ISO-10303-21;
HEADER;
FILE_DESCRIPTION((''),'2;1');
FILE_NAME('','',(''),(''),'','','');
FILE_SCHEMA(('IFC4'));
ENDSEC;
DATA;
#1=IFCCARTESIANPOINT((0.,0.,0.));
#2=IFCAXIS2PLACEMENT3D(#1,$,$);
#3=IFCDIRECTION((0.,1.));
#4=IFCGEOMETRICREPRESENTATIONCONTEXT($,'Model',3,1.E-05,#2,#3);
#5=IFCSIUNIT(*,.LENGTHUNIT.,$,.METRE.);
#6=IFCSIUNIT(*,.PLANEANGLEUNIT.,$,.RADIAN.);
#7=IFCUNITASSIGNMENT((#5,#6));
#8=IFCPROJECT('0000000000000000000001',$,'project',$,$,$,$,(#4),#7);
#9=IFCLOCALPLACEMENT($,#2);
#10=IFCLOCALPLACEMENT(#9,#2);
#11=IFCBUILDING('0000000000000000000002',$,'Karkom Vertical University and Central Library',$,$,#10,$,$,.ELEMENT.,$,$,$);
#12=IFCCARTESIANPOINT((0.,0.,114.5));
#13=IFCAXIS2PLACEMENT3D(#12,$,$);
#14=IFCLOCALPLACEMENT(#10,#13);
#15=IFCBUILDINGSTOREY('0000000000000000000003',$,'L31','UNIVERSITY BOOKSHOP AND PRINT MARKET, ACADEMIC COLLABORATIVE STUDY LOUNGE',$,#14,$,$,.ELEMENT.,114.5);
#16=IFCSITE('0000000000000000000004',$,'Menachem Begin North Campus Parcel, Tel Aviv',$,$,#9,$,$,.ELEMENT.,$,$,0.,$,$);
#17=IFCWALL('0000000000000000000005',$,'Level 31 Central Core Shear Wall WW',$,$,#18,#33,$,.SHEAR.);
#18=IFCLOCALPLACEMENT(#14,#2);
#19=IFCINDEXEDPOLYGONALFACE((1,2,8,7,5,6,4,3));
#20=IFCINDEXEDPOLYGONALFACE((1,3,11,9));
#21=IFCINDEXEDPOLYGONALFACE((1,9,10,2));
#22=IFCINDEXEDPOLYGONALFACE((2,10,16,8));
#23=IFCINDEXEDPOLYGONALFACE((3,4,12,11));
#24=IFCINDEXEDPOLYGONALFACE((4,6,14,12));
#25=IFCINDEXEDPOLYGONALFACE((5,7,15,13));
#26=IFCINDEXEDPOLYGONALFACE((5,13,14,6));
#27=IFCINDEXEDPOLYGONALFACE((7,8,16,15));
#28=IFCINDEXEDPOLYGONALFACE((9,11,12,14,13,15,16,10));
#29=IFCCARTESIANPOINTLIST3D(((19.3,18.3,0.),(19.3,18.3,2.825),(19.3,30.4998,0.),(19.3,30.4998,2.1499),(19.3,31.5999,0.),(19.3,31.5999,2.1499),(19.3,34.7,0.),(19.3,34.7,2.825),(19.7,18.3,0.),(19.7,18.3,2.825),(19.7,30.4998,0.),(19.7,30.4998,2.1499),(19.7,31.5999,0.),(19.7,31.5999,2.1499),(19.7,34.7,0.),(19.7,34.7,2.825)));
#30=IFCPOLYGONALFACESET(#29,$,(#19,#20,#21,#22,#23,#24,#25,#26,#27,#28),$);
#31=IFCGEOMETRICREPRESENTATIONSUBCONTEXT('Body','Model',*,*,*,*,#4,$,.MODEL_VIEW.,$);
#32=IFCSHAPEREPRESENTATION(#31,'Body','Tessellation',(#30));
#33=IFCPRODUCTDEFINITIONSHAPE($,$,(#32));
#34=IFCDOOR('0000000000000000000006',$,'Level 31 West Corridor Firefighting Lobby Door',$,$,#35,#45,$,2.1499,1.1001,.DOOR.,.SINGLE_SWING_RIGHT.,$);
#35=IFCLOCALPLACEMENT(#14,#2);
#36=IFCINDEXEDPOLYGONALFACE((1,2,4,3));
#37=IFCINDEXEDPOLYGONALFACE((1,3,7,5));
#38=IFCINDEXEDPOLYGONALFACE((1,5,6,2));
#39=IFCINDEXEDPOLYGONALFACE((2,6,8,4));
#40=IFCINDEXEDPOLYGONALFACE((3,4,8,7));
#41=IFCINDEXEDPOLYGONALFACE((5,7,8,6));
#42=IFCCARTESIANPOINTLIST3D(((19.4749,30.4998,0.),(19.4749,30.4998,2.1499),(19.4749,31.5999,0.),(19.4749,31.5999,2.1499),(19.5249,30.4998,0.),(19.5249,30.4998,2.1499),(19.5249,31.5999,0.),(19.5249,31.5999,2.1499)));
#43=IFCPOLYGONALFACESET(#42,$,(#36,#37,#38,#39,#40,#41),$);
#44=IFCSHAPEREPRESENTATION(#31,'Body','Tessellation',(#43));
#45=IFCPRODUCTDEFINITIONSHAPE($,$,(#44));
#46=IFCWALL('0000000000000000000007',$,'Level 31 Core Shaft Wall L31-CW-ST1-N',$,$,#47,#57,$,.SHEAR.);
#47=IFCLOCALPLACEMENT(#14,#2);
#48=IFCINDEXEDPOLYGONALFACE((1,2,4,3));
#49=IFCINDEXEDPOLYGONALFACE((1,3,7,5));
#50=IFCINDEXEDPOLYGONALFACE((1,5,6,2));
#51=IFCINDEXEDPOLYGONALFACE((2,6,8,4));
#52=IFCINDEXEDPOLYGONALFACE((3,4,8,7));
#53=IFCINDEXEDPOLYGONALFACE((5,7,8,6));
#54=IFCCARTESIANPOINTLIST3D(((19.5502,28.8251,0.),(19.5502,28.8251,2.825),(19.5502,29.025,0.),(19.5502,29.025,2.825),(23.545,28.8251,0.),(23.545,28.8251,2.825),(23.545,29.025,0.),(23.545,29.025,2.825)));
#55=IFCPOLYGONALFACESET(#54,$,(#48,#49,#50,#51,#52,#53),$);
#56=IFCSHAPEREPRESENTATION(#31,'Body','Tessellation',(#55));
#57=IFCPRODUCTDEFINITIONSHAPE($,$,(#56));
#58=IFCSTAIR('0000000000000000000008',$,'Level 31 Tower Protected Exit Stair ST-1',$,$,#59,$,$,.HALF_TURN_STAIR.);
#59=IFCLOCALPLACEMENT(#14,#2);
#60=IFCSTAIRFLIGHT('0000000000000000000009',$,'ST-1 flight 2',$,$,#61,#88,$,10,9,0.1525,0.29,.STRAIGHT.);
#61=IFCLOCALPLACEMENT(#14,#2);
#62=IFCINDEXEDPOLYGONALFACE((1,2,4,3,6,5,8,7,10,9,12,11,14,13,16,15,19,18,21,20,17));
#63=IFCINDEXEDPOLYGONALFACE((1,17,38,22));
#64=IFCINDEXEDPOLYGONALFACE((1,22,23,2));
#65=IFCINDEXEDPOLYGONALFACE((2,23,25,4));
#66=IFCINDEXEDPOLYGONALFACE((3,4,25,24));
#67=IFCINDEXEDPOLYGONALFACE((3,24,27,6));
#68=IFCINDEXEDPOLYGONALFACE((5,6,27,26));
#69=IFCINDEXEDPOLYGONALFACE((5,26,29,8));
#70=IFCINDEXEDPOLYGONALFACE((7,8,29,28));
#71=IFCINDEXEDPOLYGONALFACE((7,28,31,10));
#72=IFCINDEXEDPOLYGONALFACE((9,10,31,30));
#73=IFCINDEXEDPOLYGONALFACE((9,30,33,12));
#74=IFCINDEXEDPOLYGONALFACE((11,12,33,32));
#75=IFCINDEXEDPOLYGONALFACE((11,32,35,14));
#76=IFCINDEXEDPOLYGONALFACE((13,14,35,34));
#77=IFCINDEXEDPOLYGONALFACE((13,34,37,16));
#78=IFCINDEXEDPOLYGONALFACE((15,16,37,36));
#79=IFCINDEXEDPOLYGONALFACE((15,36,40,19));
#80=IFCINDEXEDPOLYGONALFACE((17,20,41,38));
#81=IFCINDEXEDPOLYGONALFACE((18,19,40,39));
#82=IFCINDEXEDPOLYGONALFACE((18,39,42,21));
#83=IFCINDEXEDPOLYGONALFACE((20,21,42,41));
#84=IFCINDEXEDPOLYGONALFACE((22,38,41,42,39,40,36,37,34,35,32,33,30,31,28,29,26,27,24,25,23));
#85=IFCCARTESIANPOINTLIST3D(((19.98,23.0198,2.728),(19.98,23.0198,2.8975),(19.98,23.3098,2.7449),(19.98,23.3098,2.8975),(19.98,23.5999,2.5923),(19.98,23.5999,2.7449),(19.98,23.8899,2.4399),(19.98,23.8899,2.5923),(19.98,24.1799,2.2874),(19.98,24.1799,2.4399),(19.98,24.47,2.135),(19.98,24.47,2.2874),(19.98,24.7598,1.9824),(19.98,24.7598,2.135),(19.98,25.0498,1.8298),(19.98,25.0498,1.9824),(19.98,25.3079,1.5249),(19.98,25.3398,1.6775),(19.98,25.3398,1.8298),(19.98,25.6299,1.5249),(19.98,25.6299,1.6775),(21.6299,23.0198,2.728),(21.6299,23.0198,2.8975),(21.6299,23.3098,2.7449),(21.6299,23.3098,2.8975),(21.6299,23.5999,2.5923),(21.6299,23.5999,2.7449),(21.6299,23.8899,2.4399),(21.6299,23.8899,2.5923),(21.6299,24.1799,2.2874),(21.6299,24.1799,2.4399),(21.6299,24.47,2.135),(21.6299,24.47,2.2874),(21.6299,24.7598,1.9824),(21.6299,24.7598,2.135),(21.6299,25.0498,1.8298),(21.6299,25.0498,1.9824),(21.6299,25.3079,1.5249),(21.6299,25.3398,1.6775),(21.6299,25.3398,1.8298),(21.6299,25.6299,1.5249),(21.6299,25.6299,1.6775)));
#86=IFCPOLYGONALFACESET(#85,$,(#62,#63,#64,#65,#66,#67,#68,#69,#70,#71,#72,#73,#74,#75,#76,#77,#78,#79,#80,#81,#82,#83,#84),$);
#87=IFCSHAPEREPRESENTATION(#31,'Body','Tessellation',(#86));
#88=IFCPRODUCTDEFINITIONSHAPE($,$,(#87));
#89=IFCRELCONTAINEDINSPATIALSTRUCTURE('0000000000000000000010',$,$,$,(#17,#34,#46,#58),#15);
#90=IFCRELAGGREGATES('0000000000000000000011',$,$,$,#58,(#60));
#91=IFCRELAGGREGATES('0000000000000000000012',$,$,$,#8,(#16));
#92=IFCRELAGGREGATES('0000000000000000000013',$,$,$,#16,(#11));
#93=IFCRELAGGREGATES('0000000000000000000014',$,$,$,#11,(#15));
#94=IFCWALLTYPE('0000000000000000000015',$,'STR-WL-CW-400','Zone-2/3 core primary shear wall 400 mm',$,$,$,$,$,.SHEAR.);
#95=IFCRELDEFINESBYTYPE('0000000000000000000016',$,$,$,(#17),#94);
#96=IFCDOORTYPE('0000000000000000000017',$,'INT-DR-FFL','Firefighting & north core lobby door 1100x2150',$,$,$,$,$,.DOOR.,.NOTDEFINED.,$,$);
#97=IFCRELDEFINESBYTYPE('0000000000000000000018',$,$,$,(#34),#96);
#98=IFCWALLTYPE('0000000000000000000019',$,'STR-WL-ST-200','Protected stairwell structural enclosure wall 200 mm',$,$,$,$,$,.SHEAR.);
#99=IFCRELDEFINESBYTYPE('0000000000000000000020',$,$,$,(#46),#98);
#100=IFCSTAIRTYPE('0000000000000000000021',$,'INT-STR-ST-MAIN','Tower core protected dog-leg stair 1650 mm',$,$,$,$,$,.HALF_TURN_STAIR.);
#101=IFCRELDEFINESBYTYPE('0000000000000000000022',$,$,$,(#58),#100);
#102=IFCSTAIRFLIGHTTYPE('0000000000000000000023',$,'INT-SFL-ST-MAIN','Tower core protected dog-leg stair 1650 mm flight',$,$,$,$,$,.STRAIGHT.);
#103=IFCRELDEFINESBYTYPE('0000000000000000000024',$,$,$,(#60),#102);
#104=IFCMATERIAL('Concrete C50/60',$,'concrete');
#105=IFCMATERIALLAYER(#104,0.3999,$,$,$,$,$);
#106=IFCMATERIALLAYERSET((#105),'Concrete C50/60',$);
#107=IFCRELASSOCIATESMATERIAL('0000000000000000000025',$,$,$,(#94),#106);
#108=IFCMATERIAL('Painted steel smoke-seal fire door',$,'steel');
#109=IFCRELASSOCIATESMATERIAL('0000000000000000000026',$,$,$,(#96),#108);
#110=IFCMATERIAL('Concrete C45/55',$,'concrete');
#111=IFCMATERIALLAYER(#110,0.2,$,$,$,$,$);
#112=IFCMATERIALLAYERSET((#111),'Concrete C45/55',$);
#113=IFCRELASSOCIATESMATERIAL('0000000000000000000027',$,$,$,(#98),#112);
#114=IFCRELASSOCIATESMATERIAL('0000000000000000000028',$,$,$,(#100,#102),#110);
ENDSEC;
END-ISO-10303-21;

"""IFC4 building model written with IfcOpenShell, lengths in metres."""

from ifc_helpers import new_model, si_unit, direction, frame, frame_2d, origin, origin_with_axes, place, context, subcontext, project, spatial, polyline, rectangle, outline, extrude, source, transform, mapped, material, layer, layer_set, type_object, element, fill, aggregate, save


model = new_model("IFC4")

# Units and contexts
model_context = context("Model", 3, precision=1e-05, world=origin(), true_north=direction((0.0, 1.0)))
body_context = subcontext(model_context, "Body", "Model", "MODEL_VIEW")
ifc_project = project(units=[si_unit("LENGTHUNIT", "METRE"), si_unit("PLANEANGLEUNIT", "RADIAN")], contexts=[model_context])

# Site, building, storey
site_placement = place(None, origin())
site = spatial("IfcSite", under=ifc_project, at=site_placement, Name="Menachem Begin North Campus Parcel, Tel Aviv", CompositionType="ELEMENT", RefElevation=0.0)
building_placement = place(site_placement, origin())
building = spatial("IfcBuilding", under=site, at=building_placement, Name="Karkom Vertical University and Central Library", CompositionType="ELEMENT")
storey_placement = place(building_placement, frame((0.0, 0.0, 114.5)))
storey = spatial("IfcBuildingStorey", under=building, at=storey_placement, Name="L31", Description="UNIVERSITY BOOKSHOP AND PRINT MARKET, ACADEMIC COLLABORATIVE STUDY LOUNGE", CompositionType="ELEMENT", Elevation=114.5)

# Shared definitions
ifc_material_1 = material(Name="Concrete C50/60", Category="concrete")

# Wall, opening, door
ifc_layer_1 = layer(ifc_material_1, 0.3999)
ifc_layer_set_1 = layer_set([ifc_layer_1], Name="Concrete C50/60")
wall_type_1 = type_object("IfcWallType", Name="STR-WL-CW-400", Description="Zone-2/3 core primary shear wall 400 mm", PredefinedType="SHEAR", material=ifc_layer_set_1)
wall_1_placement = place(storey_placement, frame((19.5, 34.7, 0.0), z_axis=(0.0, 0.0, 1.0), x_axis=(0.0, -1.0, 0.0)))
wall_1 = element("IfcWall", 1, at=wall_1_placement, inside=storey, type_object=wall_type_1, Name="Level 31 Central Core Shear Wall WW", PredefinedType="SHEAR", context=body_context, shape_type="SweptSolid", body=[
    extrude(rectangle(XDim=16.3999, YDim=0.3999, at=frame_2d((8.2, 0.0))), origin(), (0.0, 0.0, 1.0), 2.825),
])
opening_1_placement = place(wall_1_placement, frame((3.1001, 0.0, 0.0)))
opening_1 = element("IfcOpeningElement", 2, at=opening_1_placement, cuts=wall_1, PredefinedType="OPENING", context=body_context, shape_type="SweptSolid", body=[
    extrude(rectangle(XDim=1.1001, YDim=2.1499, at=frame_2d((0.55, 1.075))), frame((0.0, 0.21, 0.0), z_axis=(0.0, -1.0, 0.0), x_axis=(1.0, 0.0, 0.0)), (0.0, 0.0, 1.0), 0.4199),
])
ifc_material_2 = material(Name="Painted steel smoke-seal fire door", Category="steel")
door_type_1 = type_object("IfcDoorType", Name="INT-DR-FFL", Description="Firefighting & north core lobby door 1100x2150", OperationType="NOTDEFINED", PredefinedType="DOOR", material=ifc_material_2)
shared_shape_1 = source(origin_with_axes(), body_context, "Body", "SweptSolid", [
    extrude(rectangle(XDim=1.1001, YDim=2.1499, at=frame_2d((0.55, 1.075))), frame((0.0, 0.0249, 0.0), z_axis=(0.0, -1.0, 0.0), x_axis=(1.0, 0.0, 0.0)), (0.0, 0.0, 1.0), 0.05),
])
door_1_placement = place(opening_1_placement, origin())
door_1 = element("IfcDoor", 3, at=door_1_placement, inside=storey, type_object=door_type_1, Name="Level 31 West Corridor Firefighting Lobby Door", OperationType="SINGLE_SWING_RIGHT", OverallHeight=2.1499, OverallWidth=1.1001, PredefinedType="DOOR", context=body_context, shape_type="MappedRepresentation", body=[
    mapped(shared_shape_1, transform((0.0, 0.0, 0.0), scale=1.0)),
])
fill(opening_1, door_1)

# Wall
ifc_material_3 = material(Name="Concrete C45/55", Category="concrete")
ifc_layer_2 = layer(ifc_material_3, 0.2)
ifc_layer_set_2 = layer_set([ifc_layer_2], Name="Concrete C45/55")
wall_type_2 = type_object("IfcWallType", Name="STR-WL-ST-200", Description="Protected stairwell structural enclosure wall 200 mm", PredefinedType="SHEAR", material=ifc_layer_set_2)
wall_2_placement = place(storey_placement, frame((19.55, 28.925, 0.0), z_axis=(0.0, 0.0, 1.0), x_axis=(1.0, 0.0, 0.0)))
element("IfcWall", 4, at=wall_2_placement, inside=storey, type_object=wall_type_2, Name="Level 31 Core Shaft Wall L31-CW-ST1-N", PredefinedType="SHEAR", context=body_context, shape_type="SweptSolid", body=[
    extrude(rectangle(XDim=3.9949, YDim=0.2, at=frame_2d((1.9976, 0.0))), origin(), (0.0, 0.0, 1.0), 2.825),
])

# Stair, stair flight
stair_type = type_object("IfcStairType", Name="INT-STR-ST-MAIN", Description="Tower core protected dog-leg stair 1650 mm", PredefinedType="HALF_TURN_STAIR", material=ifc_material_3)
stair_placement = place(storey_placement, origin())
stair = element("IfcStair", 5, at=stair_placement, inside=storey, type_object=stair_type, Name="Level 31 Tower Protected Exit Stair ST-1", PredefinedType="HALF_TURN_STAIR")
stair_flight_type = type_object("IfcStairFlightType", Name="INT-SFL-ST-MAIN", Description="Tower core protected dog-leg stair 1650 mm flight", PredefinedType="STRAIGHT", material=ifc_material_3)
stair_flight_placement = place(storey_placement, frame((20.8049, 25.6299, 1.5249), z_axis=(0.0, 0.0, 1.0), x_axis=(0.0, -1.0, 0.0)))
stair_flight = element("IfcStairFlight", 6, at=stair_flight_placement, type_object=stair_flight_type, Name="ST-1 flight 2", NumberOfRisers=10, NumberOfTreads=9, PredefinedType="STRAIGHT", RiserHeight=0.1525, TreadLength=0.29, context=body_context, shape_type="SweptSolid", body=[
    extrude(outline(polyline([(0.0, 0.0), (0.0, 0.1526), (0.29, 0.1526), (0.29, 0.3049), (0.5801, 0.3049), (0.5801, 0.4575), (0.8701, 0.4575), (0.8701, 0.6101), (1.1599, 0.6101), (1.1599, 0.7625), (1.45, 0.7625), (1.45, 0.915), (1.74, 0.915), (1.74, 1.0674), (2.03, 1.0674), (2.03, 1.22), (2.3201, 1.22), (2.3201, 1.3726), (2.6101, 1.3726), (2.6101, 1.5249), (2.6101, 1.2031), (0.322, 0.0), (0.0, 0.0)])), frame((0.0, 0.825, 0.0), z_axis=(0.0, -1.0, 0.0), x_axis=(1.0, 0.0, 0.0)), (0.0, 0.0, 1.0), 1.6499),
])
aggregate(stair, [stair_flight])

save(model, "model.ifc")
